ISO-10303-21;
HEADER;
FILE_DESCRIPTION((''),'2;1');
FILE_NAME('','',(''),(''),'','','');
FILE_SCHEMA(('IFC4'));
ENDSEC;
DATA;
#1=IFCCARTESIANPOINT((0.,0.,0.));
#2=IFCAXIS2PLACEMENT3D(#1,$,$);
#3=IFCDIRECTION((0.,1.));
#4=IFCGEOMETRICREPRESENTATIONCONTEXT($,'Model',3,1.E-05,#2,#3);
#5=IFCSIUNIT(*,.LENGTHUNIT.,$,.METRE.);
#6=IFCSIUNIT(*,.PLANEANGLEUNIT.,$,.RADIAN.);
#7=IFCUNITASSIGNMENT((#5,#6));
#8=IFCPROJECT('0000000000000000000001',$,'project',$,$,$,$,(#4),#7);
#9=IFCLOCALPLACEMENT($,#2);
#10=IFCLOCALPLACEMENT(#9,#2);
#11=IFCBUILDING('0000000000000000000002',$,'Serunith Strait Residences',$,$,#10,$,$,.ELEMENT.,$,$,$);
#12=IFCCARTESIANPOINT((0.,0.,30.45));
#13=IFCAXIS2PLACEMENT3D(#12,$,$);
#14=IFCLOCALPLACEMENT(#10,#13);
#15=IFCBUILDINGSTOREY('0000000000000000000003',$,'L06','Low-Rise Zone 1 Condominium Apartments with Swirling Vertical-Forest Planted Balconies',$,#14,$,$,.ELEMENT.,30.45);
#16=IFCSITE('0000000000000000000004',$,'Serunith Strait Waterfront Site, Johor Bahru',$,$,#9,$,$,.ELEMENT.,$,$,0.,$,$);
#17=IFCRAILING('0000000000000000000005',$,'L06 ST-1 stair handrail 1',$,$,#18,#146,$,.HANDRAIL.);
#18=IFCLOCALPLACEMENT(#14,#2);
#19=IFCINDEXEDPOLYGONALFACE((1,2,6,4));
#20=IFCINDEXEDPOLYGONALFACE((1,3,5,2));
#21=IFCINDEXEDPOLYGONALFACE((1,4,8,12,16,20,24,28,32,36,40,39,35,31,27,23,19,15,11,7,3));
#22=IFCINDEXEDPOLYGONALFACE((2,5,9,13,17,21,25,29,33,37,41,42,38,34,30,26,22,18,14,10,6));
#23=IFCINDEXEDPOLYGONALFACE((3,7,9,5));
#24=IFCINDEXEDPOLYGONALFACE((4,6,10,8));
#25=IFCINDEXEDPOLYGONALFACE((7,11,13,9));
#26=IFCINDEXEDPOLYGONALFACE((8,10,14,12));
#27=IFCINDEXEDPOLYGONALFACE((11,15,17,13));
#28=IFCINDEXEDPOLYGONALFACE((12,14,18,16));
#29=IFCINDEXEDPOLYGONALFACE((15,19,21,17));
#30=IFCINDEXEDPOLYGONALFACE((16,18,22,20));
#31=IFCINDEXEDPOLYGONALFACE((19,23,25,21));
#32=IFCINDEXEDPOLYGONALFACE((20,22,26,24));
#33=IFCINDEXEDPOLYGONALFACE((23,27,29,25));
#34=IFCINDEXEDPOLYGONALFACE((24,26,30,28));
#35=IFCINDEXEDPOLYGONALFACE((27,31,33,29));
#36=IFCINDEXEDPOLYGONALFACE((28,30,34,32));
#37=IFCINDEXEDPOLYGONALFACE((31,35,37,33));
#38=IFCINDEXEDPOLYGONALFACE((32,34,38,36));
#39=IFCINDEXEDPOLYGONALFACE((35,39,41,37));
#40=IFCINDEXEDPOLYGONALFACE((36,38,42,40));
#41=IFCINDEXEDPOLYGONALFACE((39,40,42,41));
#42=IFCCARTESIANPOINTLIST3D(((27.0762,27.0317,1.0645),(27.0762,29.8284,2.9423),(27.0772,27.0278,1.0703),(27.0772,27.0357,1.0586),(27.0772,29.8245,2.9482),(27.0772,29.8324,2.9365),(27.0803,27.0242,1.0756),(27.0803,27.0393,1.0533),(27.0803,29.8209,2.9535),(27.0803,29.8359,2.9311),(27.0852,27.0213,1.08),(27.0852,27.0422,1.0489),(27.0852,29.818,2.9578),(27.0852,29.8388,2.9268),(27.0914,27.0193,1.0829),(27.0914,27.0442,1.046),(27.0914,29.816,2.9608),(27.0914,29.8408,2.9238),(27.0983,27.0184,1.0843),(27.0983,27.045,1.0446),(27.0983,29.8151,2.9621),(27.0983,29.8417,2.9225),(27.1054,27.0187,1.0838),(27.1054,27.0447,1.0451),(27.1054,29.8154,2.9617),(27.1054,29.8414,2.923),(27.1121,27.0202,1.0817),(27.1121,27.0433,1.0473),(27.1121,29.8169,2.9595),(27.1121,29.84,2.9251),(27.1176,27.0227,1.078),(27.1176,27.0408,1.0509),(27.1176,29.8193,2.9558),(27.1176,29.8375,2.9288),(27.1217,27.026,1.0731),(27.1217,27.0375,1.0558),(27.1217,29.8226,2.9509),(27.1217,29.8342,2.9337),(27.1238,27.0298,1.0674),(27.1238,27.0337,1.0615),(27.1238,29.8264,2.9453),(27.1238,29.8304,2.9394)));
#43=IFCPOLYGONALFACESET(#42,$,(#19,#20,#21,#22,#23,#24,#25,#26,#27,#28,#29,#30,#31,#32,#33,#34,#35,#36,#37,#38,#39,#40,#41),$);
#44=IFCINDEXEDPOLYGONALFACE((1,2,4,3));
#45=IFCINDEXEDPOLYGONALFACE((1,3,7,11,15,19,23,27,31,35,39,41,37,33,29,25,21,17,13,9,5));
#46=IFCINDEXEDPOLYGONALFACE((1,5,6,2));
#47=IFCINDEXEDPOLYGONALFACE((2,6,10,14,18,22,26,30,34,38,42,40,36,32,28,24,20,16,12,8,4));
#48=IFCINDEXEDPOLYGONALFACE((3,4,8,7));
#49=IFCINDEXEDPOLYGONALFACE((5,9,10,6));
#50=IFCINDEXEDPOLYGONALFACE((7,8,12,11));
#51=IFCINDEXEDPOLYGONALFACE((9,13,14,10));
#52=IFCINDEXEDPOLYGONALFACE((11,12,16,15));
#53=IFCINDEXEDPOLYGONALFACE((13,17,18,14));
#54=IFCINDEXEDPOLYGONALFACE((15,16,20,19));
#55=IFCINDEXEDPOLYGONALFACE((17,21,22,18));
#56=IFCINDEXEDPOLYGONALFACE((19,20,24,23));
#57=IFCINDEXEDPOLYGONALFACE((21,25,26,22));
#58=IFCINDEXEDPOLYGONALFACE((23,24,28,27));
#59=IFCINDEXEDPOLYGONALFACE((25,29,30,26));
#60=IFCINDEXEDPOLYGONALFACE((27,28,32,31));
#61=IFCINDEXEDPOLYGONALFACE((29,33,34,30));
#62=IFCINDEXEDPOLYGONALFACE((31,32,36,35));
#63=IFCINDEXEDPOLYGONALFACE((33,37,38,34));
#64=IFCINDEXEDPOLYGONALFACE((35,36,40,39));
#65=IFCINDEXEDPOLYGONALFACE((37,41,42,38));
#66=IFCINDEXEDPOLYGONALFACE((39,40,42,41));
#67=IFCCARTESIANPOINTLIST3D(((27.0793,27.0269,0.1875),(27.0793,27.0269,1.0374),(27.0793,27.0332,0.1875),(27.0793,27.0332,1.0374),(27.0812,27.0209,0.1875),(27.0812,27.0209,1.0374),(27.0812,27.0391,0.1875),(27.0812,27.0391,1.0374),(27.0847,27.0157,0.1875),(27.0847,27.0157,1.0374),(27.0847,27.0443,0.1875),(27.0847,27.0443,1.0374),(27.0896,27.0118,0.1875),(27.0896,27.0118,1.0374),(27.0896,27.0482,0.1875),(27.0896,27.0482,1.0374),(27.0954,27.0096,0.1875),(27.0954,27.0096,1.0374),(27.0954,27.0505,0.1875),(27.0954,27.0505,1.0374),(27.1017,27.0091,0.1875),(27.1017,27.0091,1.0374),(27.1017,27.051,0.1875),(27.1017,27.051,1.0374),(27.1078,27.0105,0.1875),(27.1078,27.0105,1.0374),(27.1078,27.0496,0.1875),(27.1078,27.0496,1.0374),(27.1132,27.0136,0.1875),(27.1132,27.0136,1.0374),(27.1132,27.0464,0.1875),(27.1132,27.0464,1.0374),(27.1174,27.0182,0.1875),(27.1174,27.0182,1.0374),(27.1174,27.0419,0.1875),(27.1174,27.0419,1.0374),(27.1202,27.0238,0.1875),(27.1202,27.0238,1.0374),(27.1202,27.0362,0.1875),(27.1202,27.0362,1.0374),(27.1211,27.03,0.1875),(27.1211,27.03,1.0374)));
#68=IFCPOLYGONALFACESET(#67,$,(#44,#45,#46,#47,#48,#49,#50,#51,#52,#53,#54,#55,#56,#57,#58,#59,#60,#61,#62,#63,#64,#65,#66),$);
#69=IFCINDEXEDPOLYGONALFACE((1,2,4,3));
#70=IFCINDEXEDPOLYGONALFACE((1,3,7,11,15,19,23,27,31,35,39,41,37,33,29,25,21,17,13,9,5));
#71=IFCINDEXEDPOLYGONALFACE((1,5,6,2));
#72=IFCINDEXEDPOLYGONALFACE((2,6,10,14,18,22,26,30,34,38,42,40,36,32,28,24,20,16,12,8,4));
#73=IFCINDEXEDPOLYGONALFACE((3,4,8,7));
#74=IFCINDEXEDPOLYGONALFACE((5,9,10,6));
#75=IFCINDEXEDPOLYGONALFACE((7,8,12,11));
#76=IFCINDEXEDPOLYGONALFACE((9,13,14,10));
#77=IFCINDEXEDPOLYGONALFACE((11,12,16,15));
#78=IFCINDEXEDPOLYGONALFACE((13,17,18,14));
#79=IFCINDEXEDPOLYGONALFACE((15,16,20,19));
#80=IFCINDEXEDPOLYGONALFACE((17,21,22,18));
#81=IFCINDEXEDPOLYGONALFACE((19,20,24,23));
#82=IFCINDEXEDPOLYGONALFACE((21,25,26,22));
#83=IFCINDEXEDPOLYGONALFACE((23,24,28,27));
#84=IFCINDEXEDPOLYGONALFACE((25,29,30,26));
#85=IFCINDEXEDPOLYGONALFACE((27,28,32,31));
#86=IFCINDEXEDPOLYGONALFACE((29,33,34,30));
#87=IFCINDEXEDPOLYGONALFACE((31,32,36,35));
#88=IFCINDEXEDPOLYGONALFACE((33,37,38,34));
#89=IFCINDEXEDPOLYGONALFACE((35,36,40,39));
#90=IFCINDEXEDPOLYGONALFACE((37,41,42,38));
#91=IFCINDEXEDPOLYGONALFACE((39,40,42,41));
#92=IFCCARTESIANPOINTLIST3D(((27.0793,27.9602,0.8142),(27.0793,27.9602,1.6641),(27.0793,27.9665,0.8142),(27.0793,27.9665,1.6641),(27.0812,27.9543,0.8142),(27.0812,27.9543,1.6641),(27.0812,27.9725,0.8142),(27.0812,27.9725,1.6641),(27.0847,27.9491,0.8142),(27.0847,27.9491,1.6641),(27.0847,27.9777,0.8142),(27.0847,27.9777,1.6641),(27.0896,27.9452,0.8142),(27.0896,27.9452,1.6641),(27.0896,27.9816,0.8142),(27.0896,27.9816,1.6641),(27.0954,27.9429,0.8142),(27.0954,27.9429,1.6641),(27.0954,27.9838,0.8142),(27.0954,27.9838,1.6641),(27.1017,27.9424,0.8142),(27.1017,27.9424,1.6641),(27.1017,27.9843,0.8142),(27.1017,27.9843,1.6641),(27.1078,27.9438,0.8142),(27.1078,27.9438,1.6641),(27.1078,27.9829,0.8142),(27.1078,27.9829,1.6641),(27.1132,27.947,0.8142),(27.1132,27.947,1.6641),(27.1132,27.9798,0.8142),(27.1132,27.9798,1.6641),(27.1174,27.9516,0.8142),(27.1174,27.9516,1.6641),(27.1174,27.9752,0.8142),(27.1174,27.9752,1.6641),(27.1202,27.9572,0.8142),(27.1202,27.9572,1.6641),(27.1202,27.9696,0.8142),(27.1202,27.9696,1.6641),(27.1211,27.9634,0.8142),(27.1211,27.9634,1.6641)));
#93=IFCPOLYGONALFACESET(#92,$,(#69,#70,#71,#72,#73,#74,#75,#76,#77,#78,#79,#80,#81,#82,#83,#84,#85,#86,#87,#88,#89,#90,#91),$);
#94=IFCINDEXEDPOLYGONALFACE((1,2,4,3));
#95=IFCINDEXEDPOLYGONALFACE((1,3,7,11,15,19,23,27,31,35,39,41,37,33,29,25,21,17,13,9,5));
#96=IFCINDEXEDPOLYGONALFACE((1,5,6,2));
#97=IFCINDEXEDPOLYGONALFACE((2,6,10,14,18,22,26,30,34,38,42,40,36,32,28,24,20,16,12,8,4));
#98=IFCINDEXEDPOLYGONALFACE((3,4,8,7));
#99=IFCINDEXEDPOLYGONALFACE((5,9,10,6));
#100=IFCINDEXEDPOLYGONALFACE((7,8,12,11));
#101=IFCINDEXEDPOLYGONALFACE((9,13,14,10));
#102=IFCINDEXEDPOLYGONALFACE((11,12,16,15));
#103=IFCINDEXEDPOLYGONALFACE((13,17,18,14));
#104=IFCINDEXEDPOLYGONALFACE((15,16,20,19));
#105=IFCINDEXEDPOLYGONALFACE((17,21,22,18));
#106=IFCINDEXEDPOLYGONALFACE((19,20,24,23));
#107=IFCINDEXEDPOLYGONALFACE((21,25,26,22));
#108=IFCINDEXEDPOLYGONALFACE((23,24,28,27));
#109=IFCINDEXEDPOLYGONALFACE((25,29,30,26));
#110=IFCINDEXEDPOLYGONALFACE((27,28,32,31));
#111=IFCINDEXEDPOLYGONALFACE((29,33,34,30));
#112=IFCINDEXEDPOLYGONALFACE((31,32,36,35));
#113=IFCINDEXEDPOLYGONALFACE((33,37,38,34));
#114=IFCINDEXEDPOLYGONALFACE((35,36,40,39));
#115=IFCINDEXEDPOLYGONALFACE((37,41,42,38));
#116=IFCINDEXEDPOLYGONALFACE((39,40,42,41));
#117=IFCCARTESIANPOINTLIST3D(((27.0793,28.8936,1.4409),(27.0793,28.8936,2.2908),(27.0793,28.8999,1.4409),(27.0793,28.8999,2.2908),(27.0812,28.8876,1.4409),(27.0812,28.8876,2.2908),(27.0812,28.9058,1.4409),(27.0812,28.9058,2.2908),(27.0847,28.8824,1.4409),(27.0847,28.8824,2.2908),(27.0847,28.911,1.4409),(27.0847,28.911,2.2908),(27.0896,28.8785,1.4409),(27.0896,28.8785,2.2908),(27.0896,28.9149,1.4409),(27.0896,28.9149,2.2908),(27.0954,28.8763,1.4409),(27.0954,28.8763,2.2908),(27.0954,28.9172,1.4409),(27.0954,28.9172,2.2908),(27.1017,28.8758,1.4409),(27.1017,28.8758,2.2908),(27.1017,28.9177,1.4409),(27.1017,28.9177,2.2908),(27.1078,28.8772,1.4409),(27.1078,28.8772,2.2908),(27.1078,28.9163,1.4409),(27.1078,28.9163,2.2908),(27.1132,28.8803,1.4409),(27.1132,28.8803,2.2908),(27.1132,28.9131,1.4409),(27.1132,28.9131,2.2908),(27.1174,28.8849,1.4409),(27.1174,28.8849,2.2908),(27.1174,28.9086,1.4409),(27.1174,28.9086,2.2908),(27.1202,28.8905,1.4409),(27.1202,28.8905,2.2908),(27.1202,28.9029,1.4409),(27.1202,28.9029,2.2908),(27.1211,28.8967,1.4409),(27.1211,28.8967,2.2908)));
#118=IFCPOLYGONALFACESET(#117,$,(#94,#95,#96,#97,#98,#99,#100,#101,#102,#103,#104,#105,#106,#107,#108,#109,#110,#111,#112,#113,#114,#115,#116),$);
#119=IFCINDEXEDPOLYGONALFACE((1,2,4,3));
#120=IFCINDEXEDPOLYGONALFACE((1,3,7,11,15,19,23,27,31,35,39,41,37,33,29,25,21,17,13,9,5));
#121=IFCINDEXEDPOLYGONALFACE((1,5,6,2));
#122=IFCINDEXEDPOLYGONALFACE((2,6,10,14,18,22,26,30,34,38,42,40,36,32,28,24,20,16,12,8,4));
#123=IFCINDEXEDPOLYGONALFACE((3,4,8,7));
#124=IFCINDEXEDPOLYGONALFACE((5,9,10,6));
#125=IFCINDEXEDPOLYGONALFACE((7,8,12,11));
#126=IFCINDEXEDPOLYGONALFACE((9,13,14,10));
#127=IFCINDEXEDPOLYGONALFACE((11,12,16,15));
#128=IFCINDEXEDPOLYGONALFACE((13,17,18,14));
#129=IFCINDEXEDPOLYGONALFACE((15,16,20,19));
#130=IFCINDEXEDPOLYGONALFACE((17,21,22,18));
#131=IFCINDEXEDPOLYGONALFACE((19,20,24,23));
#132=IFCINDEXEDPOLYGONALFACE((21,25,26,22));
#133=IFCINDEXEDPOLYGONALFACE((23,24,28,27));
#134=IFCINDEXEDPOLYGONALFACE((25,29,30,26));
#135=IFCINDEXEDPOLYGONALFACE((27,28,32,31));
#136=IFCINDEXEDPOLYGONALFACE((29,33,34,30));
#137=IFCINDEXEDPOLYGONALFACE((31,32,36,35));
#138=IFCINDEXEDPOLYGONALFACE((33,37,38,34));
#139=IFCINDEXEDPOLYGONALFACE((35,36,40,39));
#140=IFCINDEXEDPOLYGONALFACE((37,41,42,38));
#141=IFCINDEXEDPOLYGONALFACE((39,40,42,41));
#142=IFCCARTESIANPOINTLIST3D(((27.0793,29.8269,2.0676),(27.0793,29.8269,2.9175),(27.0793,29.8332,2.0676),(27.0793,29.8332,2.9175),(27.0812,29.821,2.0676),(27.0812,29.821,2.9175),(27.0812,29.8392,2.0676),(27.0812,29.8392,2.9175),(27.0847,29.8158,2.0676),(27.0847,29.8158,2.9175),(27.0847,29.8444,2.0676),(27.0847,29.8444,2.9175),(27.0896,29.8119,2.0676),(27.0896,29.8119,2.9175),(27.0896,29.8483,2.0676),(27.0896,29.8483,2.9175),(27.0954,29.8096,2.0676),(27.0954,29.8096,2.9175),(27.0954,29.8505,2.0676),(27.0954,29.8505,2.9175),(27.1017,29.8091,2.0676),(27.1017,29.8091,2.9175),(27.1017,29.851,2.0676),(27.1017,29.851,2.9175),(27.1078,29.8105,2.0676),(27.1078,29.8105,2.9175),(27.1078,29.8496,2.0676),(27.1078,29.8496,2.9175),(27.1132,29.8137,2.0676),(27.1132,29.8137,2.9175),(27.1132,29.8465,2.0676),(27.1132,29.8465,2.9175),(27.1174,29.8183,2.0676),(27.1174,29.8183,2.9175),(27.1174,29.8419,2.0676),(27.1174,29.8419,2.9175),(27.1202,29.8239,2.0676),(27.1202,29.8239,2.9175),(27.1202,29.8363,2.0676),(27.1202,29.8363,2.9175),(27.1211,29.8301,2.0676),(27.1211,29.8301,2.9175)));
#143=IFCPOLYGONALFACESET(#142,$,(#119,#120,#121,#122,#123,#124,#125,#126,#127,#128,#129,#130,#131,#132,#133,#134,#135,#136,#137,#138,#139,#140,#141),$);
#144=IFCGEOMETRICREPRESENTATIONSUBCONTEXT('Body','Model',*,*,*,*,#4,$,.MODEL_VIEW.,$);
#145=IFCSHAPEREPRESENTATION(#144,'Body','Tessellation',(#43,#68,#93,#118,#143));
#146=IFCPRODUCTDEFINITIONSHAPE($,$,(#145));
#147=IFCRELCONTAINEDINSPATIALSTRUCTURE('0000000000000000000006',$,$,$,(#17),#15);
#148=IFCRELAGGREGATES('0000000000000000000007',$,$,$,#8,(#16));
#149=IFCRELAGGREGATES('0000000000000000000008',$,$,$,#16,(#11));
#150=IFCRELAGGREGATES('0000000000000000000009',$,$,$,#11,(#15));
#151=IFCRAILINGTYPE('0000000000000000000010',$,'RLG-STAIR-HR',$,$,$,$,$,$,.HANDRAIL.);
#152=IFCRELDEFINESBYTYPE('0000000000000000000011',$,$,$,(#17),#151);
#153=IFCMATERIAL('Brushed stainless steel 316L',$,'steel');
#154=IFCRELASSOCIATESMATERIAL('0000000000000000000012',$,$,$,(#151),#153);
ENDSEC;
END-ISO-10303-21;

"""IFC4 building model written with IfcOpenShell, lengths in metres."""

from ifc_helpers import new_model, si_unit, direction, frame, origin, origin_2d, place, context, subcontext, project, spatial, circle, extrude, material, type_object, element, save


model = new_model("IFC4")

# Units and contexts
model_context = context("Model", 3, precision=1e-05, world=origin(), true_north=direction((0.0, 1.0)))
body_context = subcontext(model_context, "Body", "Model", "MODEL_VIEW")
ifc_project = project(units=[si_unit("LENGTHUNIT", "METRE"), si_unit("PLANEANGLEUNIT", "RADIAN")], contexts=[model_context])

# Site, building, storey
site_placement = place(None, origin())
site = spatial("IfcSite", under=ifc_project, at=site_placement, Name="Serunith Strait Waterfront Site, Johor Bahru", CompositionType="ELEMENT", RefElevation=0.0)
building_placement = place(site_placement, origin())
building = spatial("IfcBuilding", under=site, at=building_placement, Name="Serunith Strait Residences", CompositionType="ELEMENT")
storey_placement = place(building_placement, frame((0.0, 0.0, 30.45)))
storey = spatial("IfcBuildingStorey", under=building, at=storey_placement, Name="L06", Description="Low-Rise Zone 1 Condominium Apartments with Swirling Vertical-Forest Planted Balconies", CompositionType="ELEMENT", Elevation=30.45)

# Railing
ifc_material_1 = material(Name="Brushed stainless steel 316L", Category="steel")
railing_type_1 = type_object("IfcRailingType", Name="RLG-STAIR-HR", PredefinedType="HANDRAIL", material=ifc_material_1)
railing_1_placement = place(storey_placement, frame((27.1001, 27.03, 0.1875)))
element("IfcRailing", 1, at=railing_1_placement, inside=storey, type_object=railing_type_1, Name="L06 ST-1 stair handrail 1", PredefinedType="HANDRAIL", context=body_context, shape_type="SweptSolid", body=[
    extrude(circle(Radius=0.0239, at=origin_2d()), frame((0.0, 0.0017, 0.877), z_axis=(0.0, 0.830208, 0.557453), x_axis=(-1.0, 0.0, 0.0)), (0.0, 0.0, 1.0), 3.3687),
    extrude(circle(Radius=0.021, at=origin_2d()), origin(), (0.0, 0.0, 1.0), 0.8499),
    extrude(circle(Radius=0.021, at=origin_2d()), frame((0.0, 0.9333, 0.6267)), (0.0, 0.0, 1.0), 0.8499),
    extrude(circle(Radius=0.021, at=origin_2d()), frame((0.0, 1.8667, 1.2534)), (0.0, 0.0, 1.0), 0.8499),
    extrude(circle(Radius=0.021, at=origin_2d()), frame((0.0, 2.8, 1.8801)), (0.0, 0.0, 1.0), 0.8499),
])

save(model, "model.ifc")
